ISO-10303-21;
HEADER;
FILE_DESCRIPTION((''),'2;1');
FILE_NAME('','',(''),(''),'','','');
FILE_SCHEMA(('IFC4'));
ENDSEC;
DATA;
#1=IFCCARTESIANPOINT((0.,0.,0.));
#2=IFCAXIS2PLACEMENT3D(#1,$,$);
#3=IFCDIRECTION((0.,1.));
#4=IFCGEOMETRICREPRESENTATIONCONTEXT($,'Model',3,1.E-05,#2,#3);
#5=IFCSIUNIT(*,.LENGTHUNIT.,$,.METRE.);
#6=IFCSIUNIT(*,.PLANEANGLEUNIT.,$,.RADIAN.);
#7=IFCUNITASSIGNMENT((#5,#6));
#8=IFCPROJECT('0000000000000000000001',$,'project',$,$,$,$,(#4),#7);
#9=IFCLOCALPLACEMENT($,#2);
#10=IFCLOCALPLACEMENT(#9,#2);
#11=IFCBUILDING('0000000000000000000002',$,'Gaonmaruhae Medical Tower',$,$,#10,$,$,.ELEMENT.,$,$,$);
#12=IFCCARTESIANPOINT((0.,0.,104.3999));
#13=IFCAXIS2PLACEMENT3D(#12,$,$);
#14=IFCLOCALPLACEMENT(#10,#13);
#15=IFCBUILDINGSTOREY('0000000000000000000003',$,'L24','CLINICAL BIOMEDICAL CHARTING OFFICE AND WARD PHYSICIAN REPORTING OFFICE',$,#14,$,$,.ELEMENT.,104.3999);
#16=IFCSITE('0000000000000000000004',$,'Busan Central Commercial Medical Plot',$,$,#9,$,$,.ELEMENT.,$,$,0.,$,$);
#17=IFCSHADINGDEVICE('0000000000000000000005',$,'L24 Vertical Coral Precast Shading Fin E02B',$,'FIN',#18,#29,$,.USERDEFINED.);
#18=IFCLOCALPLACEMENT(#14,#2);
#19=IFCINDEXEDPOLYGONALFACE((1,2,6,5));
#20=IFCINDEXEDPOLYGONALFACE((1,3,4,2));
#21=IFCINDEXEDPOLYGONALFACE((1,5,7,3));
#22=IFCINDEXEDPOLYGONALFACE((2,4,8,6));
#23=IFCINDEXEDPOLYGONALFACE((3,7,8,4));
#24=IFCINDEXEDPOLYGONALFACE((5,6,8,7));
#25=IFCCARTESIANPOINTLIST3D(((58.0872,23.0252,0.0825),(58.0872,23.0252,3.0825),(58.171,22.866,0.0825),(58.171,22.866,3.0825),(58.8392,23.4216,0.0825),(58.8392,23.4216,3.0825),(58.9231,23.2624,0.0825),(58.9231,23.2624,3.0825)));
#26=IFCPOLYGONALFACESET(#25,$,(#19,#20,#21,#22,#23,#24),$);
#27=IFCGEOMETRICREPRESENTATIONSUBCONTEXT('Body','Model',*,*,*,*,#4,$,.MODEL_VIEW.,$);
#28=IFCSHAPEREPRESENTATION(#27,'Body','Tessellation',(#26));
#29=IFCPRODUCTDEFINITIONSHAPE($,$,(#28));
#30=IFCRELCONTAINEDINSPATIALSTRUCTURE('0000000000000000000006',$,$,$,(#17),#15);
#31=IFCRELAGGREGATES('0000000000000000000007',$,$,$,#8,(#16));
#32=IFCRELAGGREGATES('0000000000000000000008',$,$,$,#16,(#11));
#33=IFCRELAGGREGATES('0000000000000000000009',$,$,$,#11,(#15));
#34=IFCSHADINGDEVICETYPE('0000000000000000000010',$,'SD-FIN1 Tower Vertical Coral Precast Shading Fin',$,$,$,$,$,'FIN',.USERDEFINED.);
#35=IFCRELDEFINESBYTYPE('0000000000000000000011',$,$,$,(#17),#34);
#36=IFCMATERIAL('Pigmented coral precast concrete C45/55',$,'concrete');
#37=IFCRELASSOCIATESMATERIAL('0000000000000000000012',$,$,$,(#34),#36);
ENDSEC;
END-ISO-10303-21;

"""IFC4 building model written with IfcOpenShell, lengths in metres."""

from ifc_helpers import new_model, si_unit, direction, frame, origin, origin_2d, place, context, subcontext, project, spatial, rectangle, extrude, material, type_object, element, save


model = new_model("IFC4")

# Units and contexts
model_context = context("Model", 3, precision=1e-05, world=origin(), true_north=direction((0.0, 1.0)))
body_context = subcontext(model_context, "Body", "Model", "MODEL_VIEW")
ifc_project = project(units=[si_unit("LENGTHUNIT", "METRE"), si_unit("PLANEANGLEUNIT", "RADIAN")], contexts=[model_context])

# Site, building, storey
site_placement = place(None, origin())
site = spatial("IfcSite", under=ifc_project, at=site_placement, Name="Busan Central Commercial Medical Plot", CompositionType="ELEMENT", RefElevation=0.0)
building_placement = place(site_placement, origin())
building = spatial("IfcBuilding", under=site, at=building_placement, Name="Gaonmaruhae Medical Tower", CompositionType="ELEMENT")
storey_placement = place(building_placement, frame((0.0, 0.0, 104.3999)))
storey = spatial("IfcBuildingStorey", under=building, at=storey_placement, Name="L24", Description="CLINICAL BIOMEDICAL CHARTING OFFICE AND WARD PHYSICIAN REPORTING OFFICE", CompositionType="ELEMENT", Elevation=104.3999)

# Shading device
ifc_material_1 = material(Name="Pigmented coral precast concrete C45/55", Category="concrete")
shading_device_type = type_object("IfcShadingDeviceType", Name="SD-FIN1 Tower Vertical Coral Precast Shading Fin", ElementType="FIN", PredefinedType="USERDEFINED", material=ifc_material_1)
for number, where, z_axis, x_axis, name in (
    (1, (58.5051, 23.1438, 0.0825), (0.0, 0.0, 1.0), (0.466232, -0.884662, 0.0), "L24 Vertical Coral Precast Shading Fin E02B"),
):
    element("IfcShadingDevice", number, at=place(storey_placement, frame(where, z_axis=z_axis, x_axis=x_axis)), inside=storey, type_object=shading_device_type, Name=name, ObjectType="FIN", PredefinedType="USERDEFINED", context=body_context, shape_type="SweptSolid", body=[
        extrude(rectangle(XDim=0.1799, YDim=0.8501, at=origin_2d()), origin(), (0.0, 0.0, 1.0), 3.0),
    ])

save(model, "model.ifc")
